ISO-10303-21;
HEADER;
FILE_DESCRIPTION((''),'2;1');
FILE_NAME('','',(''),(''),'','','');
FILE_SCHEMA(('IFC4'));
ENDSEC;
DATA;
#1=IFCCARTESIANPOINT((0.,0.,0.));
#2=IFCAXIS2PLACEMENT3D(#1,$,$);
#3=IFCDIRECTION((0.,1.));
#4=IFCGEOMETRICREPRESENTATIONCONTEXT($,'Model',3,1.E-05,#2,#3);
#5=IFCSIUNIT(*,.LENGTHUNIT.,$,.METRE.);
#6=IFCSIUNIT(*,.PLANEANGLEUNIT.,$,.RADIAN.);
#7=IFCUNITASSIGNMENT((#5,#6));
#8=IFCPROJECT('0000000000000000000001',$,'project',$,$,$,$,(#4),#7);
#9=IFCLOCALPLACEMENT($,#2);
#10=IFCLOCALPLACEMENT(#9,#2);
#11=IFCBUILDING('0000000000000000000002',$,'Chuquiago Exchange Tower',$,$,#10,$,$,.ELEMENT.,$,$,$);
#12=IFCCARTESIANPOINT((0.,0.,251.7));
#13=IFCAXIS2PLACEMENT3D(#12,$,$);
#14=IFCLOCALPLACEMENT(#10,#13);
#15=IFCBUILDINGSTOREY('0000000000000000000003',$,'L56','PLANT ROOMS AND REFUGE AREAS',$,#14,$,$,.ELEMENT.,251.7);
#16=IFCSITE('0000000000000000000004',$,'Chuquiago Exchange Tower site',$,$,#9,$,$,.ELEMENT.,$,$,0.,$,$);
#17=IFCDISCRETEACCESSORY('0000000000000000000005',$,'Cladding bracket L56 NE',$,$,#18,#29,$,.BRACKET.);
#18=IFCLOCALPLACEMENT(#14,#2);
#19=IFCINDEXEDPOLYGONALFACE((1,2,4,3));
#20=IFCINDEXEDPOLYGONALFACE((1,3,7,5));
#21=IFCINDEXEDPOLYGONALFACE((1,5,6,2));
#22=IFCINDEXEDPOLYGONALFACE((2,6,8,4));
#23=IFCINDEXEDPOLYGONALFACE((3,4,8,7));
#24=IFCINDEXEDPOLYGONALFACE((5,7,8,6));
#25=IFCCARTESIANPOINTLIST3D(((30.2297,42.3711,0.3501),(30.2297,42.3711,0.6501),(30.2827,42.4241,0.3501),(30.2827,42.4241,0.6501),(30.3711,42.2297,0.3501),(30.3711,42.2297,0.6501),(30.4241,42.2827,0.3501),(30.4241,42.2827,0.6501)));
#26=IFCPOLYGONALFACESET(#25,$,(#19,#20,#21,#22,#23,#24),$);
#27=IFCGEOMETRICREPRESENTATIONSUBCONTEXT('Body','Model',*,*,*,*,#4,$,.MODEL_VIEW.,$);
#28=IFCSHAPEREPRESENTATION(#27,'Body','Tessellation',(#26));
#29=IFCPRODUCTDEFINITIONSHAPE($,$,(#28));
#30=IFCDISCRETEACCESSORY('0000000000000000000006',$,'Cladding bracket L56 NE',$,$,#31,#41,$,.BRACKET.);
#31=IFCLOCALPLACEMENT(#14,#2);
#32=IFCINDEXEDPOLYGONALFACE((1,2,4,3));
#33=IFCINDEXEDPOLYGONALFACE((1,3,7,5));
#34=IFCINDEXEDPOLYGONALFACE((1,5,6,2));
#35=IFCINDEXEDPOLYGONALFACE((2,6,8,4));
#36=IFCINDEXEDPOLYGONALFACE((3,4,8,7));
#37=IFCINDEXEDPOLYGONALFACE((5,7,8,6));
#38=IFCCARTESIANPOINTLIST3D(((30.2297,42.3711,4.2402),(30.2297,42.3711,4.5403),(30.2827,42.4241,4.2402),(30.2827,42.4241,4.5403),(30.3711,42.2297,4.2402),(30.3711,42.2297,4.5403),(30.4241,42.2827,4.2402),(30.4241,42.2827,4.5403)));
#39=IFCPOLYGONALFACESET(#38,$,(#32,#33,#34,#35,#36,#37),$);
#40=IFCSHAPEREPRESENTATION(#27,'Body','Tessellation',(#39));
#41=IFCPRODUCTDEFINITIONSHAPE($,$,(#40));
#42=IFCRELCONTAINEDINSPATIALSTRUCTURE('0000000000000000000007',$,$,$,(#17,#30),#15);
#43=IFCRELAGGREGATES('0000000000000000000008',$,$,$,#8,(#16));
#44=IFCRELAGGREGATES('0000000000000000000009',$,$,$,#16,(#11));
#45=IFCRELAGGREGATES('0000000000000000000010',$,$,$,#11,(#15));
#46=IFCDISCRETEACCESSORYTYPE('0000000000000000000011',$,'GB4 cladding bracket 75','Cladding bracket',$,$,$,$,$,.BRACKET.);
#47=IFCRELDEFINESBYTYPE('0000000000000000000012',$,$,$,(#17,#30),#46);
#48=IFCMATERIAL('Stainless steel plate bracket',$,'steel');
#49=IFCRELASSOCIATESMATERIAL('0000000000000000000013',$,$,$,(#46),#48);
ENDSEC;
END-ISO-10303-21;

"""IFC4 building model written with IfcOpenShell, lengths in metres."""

from ifc_helpers import new_model, si_unit, direction, frame, origin, origin_2d, place, context, subcontext, project, spatial, rectangle, extrude, material, type_object, element, save


model = new_model("IFC4")

# Units and contexts
model_context = context("Model", 3, precision=1e-05, world=origin(), true_north=direction((0.0, 1.0)))
body_context = subcontext(model_context, "Body", "Model", "MODEL_VIEW")
ifc_project = project(units=[si_unit("LENGTHUNIT", "METRE"), si_unit("PLANEANGLEUNIT", "RADIAN")], contexts=[model_context])

# Site, building, storey
site_placement = place(None, origin())
site = spatial("IfcSite", under=ifc_project, at=site_placement, Name="Chuquiago Exchange Tower site", CompositionType="ELEMENT", RefElevation=0.0)
building_placement = place(site_placement, origin())
building = spatial("IfcBuilding", under=site, at=building_placement, Name="Chuquiago Exchange Tower", CompositionType="ELEMENT")
storey_placement = place(building_placement, frame((0.0, 0.0, 251.7)))
storey = spatial("IfcBuildingStorey", under=building, at=storey_placement, Name="L56", Description="PLANT ROOMS AND REFUGE AREAS", CompositionType="ELEMENT", Elevation=251.7)

# Discrete accessories
ifc_material_1 = material(Name="Stainless steel plate bracket", Category="steel")
discrete_accessory_type = type_object("IfcDiscreteAccessoryType", Name="GB4 cladding bracket 75", Description="Cladding bracket", PredefinedType="BRACKET", material=ifc_material_1)
for number, where, z_axis, x_axis, name in (
    (1, (30.3269, 42.3269, 0.3501), (0.0, 0.0, 1.0), (-0.707107, 0.707107, 0.0), "Cladding bracket L56 NE"),
    (2, (30.3269, 42.3269, 4.2402), (0.0, 0.0, 1.0), (-0.707107, 0.707107, 0.0), "Cladding bracket L56 NE"),
):
    element("IfcDiscreteAccessory", number, at=place(storey_placement, frame(where, z_axis=z_axis, x_axis=x_axis)), inside=storey, type_object=discrete_accessory_type, Name=name, PredefinedType="BRACKET", context=body_context, shape_type="SweptSolid", body=[
        extrude(rectangle(XDim=0.2, YDim=0.075, at=origin_2d()), origin(), (0.0, 0.0, 1.0), 0.3),
    ])

save(model, "model.ifc")
